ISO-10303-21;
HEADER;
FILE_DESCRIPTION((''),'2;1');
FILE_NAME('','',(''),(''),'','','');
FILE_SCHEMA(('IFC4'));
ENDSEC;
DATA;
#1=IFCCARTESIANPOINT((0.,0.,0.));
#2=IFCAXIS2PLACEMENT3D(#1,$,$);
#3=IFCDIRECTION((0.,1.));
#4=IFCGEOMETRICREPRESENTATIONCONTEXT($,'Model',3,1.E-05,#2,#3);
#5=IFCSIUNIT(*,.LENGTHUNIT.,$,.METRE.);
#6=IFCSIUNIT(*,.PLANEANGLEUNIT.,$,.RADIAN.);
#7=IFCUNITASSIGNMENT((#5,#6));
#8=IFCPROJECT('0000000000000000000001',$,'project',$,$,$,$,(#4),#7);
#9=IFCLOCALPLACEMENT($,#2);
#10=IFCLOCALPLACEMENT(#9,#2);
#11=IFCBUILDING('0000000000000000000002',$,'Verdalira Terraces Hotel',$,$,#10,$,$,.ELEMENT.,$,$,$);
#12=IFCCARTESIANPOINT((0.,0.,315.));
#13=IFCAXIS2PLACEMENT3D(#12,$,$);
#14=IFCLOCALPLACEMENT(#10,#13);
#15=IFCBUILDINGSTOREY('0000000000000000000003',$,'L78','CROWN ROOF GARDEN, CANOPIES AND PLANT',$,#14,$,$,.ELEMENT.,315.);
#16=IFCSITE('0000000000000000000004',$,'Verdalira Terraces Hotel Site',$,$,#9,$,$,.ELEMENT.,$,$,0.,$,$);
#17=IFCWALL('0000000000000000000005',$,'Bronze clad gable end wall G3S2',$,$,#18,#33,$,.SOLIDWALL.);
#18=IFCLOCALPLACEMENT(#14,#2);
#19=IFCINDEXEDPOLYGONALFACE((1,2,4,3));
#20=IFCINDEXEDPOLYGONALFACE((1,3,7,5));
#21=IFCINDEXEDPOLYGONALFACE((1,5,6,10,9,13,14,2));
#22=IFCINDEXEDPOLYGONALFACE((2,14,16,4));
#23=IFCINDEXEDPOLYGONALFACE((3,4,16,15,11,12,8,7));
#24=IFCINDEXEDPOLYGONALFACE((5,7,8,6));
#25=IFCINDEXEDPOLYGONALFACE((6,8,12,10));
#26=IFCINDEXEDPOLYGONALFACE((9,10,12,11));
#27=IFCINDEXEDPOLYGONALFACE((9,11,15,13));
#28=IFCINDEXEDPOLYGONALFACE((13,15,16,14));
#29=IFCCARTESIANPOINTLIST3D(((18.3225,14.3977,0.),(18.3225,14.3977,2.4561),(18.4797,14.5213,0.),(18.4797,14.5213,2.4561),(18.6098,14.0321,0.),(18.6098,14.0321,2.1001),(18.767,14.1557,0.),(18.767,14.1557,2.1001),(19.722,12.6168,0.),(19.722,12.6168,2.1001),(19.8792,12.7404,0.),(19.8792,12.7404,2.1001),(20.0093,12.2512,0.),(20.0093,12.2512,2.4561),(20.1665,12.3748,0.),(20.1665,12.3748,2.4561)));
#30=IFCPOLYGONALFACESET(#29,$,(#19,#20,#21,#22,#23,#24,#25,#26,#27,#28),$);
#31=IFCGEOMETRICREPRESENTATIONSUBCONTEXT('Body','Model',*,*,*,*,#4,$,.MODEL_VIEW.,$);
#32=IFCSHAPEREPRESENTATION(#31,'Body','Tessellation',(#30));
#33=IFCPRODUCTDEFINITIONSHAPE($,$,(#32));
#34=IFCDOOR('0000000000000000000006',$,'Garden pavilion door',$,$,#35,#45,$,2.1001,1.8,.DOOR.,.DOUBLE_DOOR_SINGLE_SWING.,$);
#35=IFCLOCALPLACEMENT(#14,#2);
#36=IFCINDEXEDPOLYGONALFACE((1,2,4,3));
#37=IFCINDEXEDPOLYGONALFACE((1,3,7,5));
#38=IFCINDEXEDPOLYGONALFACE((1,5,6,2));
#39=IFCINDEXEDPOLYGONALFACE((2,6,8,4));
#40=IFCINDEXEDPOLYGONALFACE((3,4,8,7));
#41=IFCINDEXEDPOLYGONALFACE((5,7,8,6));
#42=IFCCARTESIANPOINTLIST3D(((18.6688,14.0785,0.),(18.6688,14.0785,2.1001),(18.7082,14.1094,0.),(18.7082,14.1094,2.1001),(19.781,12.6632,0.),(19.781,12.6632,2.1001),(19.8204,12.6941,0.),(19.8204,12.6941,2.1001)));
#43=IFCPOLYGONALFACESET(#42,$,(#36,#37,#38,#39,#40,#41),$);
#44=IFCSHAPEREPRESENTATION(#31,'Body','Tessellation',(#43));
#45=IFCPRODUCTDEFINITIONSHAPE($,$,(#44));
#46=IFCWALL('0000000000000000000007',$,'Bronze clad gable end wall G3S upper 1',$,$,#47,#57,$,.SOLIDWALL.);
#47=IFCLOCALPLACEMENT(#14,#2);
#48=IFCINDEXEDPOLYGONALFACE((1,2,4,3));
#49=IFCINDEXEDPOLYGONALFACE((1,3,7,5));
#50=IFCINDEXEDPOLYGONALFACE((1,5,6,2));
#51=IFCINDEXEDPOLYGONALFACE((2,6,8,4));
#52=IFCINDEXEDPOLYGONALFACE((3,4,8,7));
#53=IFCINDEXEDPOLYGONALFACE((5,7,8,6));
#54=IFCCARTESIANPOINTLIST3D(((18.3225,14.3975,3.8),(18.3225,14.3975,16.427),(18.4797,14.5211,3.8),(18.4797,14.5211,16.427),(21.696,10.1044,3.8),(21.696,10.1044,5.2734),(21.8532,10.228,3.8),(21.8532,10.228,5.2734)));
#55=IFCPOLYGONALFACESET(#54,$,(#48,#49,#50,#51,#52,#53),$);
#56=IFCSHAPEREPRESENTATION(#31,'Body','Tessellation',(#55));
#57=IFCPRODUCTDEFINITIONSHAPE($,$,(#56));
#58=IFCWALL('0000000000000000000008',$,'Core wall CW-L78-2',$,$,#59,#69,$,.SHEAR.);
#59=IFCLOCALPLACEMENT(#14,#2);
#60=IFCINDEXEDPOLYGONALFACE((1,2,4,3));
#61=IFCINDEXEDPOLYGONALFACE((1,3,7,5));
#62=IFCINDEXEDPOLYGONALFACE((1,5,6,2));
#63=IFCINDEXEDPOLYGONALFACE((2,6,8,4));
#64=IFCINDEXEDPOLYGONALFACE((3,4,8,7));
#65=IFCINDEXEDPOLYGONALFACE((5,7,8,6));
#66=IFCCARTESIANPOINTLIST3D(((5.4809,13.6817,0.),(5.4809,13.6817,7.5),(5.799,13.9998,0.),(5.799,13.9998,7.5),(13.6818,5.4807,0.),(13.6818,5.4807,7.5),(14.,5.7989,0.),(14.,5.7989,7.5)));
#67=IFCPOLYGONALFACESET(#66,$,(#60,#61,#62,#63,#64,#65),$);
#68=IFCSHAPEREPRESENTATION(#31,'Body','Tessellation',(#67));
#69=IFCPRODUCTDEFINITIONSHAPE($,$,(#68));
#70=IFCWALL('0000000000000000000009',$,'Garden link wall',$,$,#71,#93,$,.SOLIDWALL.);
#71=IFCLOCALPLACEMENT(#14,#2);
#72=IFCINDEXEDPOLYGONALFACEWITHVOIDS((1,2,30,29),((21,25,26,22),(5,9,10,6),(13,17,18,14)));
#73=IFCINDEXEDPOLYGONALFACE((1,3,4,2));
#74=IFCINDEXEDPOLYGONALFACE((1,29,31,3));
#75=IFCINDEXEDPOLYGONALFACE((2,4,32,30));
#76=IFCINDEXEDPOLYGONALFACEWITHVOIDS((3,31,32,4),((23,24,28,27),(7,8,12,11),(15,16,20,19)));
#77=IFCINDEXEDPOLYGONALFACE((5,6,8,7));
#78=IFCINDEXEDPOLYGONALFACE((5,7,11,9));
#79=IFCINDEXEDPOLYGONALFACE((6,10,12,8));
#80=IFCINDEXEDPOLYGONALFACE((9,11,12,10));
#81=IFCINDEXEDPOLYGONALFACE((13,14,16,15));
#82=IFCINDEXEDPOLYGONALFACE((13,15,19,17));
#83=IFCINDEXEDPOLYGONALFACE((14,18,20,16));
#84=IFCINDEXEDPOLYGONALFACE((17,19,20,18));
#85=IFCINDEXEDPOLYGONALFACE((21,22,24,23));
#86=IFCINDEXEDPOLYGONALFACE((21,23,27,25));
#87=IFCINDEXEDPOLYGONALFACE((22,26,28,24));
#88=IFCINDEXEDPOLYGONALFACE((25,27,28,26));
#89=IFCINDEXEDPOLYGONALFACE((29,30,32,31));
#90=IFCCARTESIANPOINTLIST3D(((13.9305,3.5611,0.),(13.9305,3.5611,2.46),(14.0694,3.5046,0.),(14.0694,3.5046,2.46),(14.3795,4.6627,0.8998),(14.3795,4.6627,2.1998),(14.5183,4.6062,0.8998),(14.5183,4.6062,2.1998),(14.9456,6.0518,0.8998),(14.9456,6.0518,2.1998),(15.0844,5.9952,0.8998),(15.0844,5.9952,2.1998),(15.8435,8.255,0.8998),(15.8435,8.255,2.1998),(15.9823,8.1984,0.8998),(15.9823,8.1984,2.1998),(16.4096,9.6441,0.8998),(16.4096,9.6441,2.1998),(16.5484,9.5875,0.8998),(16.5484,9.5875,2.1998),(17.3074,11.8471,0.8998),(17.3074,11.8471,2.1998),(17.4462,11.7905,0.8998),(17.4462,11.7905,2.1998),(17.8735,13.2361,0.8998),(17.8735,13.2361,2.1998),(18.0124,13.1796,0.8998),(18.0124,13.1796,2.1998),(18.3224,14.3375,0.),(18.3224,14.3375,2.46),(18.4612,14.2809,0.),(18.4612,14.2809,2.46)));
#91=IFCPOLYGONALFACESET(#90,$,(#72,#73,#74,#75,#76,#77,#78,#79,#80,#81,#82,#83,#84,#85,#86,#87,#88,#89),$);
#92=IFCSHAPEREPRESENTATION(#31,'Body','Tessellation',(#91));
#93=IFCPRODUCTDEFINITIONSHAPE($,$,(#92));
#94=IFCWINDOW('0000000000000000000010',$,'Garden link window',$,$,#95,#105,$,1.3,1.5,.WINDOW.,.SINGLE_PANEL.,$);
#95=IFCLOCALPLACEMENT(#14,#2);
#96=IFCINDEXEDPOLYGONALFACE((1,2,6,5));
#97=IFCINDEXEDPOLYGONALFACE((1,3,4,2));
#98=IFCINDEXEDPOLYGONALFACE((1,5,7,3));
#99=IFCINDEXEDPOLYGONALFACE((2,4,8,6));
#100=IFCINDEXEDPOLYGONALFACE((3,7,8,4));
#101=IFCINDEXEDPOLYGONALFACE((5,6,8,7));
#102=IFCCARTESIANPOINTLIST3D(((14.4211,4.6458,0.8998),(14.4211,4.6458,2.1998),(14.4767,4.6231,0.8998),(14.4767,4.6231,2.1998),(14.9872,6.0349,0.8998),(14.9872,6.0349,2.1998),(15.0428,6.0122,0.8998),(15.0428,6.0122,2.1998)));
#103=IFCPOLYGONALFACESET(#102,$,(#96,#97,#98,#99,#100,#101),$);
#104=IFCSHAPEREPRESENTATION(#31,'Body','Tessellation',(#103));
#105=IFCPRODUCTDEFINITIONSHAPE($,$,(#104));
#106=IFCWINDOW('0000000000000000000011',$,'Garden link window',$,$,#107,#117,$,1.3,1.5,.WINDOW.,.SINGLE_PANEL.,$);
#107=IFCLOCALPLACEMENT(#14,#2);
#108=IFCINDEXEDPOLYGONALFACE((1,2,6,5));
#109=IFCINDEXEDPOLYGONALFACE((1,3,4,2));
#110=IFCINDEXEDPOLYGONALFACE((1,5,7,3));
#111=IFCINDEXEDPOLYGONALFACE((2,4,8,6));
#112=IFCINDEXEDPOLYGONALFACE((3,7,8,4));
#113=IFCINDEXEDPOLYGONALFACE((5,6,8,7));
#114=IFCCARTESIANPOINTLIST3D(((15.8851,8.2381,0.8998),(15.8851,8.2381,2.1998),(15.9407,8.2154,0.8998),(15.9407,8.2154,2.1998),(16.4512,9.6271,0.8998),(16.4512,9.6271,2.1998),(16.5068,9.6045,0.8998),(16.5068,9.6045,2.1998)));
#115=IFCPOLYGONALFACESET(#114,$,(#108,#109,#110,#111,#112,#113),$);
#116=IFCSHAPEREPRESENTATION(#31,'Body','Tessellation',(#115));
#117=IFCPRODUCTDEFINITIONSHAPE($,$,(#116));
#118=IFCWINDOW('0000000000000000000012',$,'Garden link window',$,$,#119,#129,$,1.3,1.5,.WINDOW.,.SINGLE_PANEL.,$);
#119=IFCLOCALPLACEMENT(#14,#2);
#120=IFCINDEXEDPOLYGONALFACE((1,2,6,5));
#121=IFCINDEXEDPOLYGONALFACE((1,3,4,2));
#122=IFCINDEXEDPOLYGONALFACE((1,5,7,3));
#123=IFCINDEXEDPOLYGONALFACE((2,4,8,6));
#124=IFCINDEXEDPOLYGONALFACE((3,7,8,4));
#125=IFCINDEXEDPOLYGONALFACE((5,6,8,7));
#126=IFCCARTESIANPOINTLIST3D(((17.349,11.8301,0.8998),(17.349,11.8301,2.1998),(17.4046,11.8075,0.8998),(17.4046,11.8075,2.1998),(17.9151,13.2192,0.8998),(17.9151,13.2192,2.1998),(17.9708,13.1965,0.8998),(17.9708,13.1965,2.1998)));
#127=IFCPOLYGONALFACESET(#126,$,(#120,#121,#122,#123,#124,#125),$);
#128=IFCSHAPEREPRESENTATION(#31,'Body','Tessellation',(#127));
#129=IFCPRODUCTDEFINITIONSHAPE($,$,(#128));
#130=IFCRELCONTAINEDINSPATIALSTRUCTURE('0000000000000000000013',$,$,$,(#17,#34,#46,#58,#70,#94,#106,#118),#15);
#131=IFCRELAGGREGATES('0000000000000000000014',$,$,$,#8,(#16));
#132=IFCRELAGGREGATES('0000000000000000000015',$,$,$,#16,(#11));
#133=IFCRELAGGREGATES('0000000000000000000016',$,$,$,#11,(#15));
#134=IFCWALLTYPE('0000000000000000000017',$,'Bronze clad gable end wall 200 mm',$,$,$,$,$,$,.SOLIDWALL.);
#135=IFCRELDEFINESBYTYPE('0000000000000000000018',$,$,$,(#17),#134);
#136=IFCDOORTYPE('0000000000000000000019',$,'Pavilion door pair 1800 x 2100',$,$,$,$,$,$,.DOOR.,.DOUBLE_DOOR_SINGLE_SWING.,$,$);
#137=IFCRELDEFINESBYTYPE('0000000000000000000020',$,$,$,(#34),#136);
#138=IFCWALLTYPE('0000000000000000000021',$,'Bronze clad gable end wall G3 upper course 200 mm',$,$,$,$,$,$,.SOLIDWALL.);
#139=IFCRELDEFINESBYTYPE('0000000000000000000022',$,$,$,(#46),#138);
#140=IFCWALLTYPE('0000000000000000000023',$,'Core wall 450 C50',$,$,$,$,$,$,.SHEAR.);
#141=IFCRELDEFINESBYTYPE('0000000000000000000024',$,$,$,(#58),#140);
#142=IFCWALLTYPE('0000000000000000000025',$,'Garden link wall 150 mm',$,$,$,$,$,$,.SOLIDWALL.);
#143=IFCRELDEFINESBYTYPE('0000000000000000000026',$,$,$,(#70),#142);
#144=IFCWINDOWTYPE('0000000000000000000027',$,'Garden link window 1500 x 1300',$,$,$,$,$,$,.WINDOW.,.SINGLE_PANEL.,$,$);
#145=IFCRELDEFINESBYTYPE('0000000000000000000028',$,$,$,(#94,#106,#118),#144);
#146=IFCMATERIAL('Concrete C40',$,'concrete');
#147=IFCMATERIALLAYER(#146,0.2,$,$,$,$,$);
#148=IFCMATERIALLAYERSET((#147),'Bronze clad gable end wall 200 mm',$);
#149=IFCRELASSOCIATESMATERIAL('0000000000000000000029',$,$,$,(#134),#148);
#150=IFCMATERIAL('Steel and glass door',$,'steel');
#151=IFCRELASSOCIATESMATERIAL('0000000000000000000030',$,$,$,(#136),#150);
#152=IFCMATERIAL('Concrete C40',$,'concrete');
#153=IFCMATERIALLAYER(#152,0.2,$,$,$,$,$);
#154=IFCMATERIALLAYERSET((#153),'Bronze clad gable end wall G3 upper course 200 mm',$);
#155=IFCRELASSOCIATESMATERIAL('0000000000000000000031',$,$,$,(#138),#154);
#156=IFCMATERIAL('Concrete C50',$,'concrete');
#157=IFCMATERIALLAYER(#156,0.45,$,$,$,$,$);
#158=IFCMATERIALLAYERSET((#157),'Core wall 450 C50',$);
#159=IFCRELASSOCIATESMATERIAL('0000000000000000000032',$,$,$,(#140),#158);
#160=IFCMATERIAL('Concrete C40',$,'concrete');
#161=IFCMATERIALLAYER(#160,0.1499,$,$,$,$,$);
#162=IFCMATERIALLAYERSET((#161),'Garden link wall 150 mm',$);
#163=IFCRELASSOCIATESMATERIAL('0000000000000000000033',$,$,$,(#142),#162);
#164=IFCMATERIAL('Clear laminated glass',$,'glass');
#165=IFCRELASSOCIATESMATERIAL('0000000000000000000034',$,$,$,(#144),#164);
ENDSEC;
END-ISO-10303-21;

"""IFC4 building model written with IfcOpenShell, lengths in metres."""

from ifc_helpers import new_model, si_unit, direction, frame, frame_2d, origin, place, context, subcontext, project, spatial, polyline, rectangle, outline, extrude, material, layer, layer_set, type_object, element, fill, save


model = new_model("IFC4")

# Units and contexts
model_context = context("Model", 3, precision=1e-05, world=origin(), true_north=direction((0.0, 1.0)))
body_context = subcontext(model_context, "Body", "Model", "MODEL_VIEW")
ifc_project = project(units=[si_unit("LENGTHUNIT", "METRE"), si_unit("PLANEANGLEUNIT", "RADIAN")], contexts=[model_context])

# Site, building, storey
site_placement = place(None, origin())
site = spatial("IfcSite", under=ifc_project, at=site_placement, Name="Verdalira Terraces Hotel Site", CompositionType="ELEMENT", RefElevation=0.0)
building_placement = place(site_placement, origin())
building = spatial("IfcBuilding", under=site, at=building_placement, Name="Verdalira Terraces Hotel", CompositionType="ELEMENT")
storey_placement = place(building_placement, frame((0.0, 0.0, 315.0)))
storey = spatial("IfcBuildingStorey", under=building, at=storey_placement, Name="L78", Description="CROWN ROOF GARDEN, CANOPIES AND PLANT", CompositionType="ELEMENT", Elevation=315.0)

# Shared definitions
ifc_material_1 = material(Name="Concrete C40", Category="concrete")
ifc_layer_1 = layer(ifc_material_1, 0.2)
ifc_layer_set_1 = layer_set([ifc_layer_1], Name="Bronze clad gable end wall 200 mm")
wall_type_1 = type_object("IfcWallType", Name="Bronze clad gable end wall 200 mm", PredefinedType="SOLIDWALL", material=ifc_layer_set_1)

# Wall, opening, door
wall_1_placement = place(storey_placement, frame((20.0879, 12.313, 0.0), z_axis=(0.0, 0.0, 1.0), x_axis=(-0.617877, 0.786275, 0.0)))
wall_1 = element("IfcWall", 1, at=wall_1_placement, inside=storey, type_object=wall_type_1, Name="Bronze clad gable end wall G3S2", PredefinedType="SOLIDWALL", context=body_context, shape_type="SweptSolid", body=[
    extrude(rectangle(XDim=2.73, YDim=0.2, at=frame_2d((1.365, 0.0))), origin(), (0.0, 0.0, 1.0), 2.4561),
])
opening_1_placement = place(wall_1_placement, frame((0.4651, 0.0, 0.0)))
opening_1 = element("IfcOpeningElement", 2, at=opening_1_placement, cuts=wall_1, PredefinedType="OPENING", context=body_context, shape_type="SweptSolid", body=[
    extrude(rectangle(XDim=1.8, YDim=2.1001, at=frame_2d((0.8999, 1.05))), frame((0.0, 0.1099, 0.0), z_axis=(0.0, -1.0, 0.0), x_axis=(1.0, 0.0, 0.0)), (0.0, 0.0, 1.0), 0.22),
])
ifc_material_2 = material(Name="Steel and glass door", Category="steel")
door_type = type_object("IfcDoorType", Name="Pavilion door pair 1800 x 2100", OperationType="DOUBLE_DOOR_SINGLE_SWING", PredefinedType="DOOR", material=ifc_material_2)
door_placement = place(opening_1_placement, origin())
door = element("IfcDoor", 3, at=door_placement, inside=storey, type_object=door_type, Name="Garden pavilion door", OperationType="DOUBLE_DOOR_SINGLE_SWING", OverallHeight=2.1001, OverallWidth=1.8, PredefinedType="DOOR", context=body_context, shape_type="SweptSolid", body=[
    extrude(rectangle(XDim=1.8, YDim=2.1001, at=frame_2d((0.8999, 1.05))), frame((0.0, 0.0249, 0.0), z_axis=(0.0, -1.0, 0.0), x_axis=(1.0, 0.0, 0.0)), (0.0, 0.0, 1.0), 0.05),
])
fill(opening_1, door)

# Walls
ifc_material_3 = material(Name="Concrete C40", Category="concrete")
ifc_layer_2 = layer(ifc_material_3, 0.2)
ifc_layer_set_2 = layer_set([ifc_layer_2], Name="Bronze clad gable end wall G3 upper course 200 mm")
wall_type_2 = type_object("IfcWallType", Name="Bronze clad gable end wall G3 upper course 200 mm", PredefinedType="SOLIDWALL", material=ifc_layer_set_2)
wall_2_placement = place(storey_placement, frame((21.7747, 10.1663, 3.8), z_axis=(0.0, 0.0, 1.0), x_axis=(-0.617855, 0.786292, 0.0)))
element("IfcWall", 4, at=wall_2_placement, inside=storey, type_object=wall_type_2, Name="Bronze clad gable end wall G3S upper 1", PredefinedType="SOLIDWALL", context=body_context, shape_type="SweptSolid", body=[
    extrude(outline(polyline([(0.0, 0.0), (5.46, 0.0), (5.46, 12.627), (0.0, 1.4734), (0.0, 0.0)])), frame((0.0, 0.1001, 0.0), z_axis=(0.0, -1.0, 0.0), x_axis=(1.0, 0.0, 0.0)), (0.0, 0.0, 1.0), 0.2),
])
ifc_material_4 = material(Name="Concrete C50", Category="concrete")
ifc_layer_3 = layer(ifc_material_4, 0.45)
ifc_layer_set_3 = layer_set([ifc_layer_3], Name="Core wall 450 C50")
wall_type_3 = type_object("IfcWallType", Name="Core wall 450 C50", PredefinedType="SHEAR", material=ifc_layer_set_3)
wall_3_placement = place(storey_placement, frame((13.8408, 5.6399, 0.0), z_axis=(0.0, 0.0, 1.0), x_axis=(-0.707107, 0.707107, 0.0)))
element("IfcWall", 5, at=wall_3_placement, inside=storey, type_object=wall_type_3, Name="Core wall CW-L78-2", PredefinedType="SHEAR", context=body_context, shape_type="SweptSolid", body=[
    extrude(rectangle(XDim=11.5979, YDim=0.45, at=frame_2d((5.7988, 0.0))), origin(), (0.0, 0.0, 1.0), 7.5),
])

# Wall, openings, windows
ifc_material_5 = material(Name="Concrete C40", Category="concrete")
ifc_layer_4 = layer(ifc_material_5, 0.1499)
ifc_layer_set_4 = layer_set([ifc_layer_4], Name="Garden link wall 150 mm")
wall_type_4 = type_object("IfcWallType", Name="Garden link wall 150 mm", PredefinedType="SOLIDWALL", material=ifc_layer_set_4)
wall_4_placement = place(storey_placement, frame((14.0, 3.533, 0.0), z_axis=(0.0, 0.0, 1.0), x_axis=(0.377406, 0.926048, 0.0)))
wall_4 = element("IfcWall", 6, at=wall_4_placement, inside=storey, type_object=wall_type_4, Name="Garden link wall", PredefinedType="SOLIDWALL", context=body_context, shape_type="SweptSolid", body=[
    extrude(rectangle(XDim=11.637, YDim=0.1499, at=frame_2d((5.8184, 0.0))), origin(), (0.0, 0.0, 1.0), 2.46),
])
opening_2_placement = place(wall_4_placement, frame((1.1895, 0.0, 0.8999)))
opening_2 = element("IfcOpeningElement", 7, at=opening_2_placement, cuts=wall_4, PredefinedType="OPENING", context=body_context, shape_type="SweptSolid", body=[
    extrude(rectangle(XDim=1.5, YDim=1.3, at=frame_2d((0.75, 0.6499))), frame((0.0, 0.085, 0.0), z_axis=(0.0, -1.0, 0.0), x_axis=(1.0, 0.0, 0.0)), (0.0, 0.0, 1.0), 0.1699),
])
opening_3_placement = place(wall_4_placement, frame((5.0686, 0.0, 0.8999)))
opening_3 = element("IfcOpeningElement", 8, at=opening_3_placement, cuts=wall_4, PredefinedType="OPENING", context=body_context, shape_type="SweptSolid", body=[
    extrude(rectangle(XDim=1.5, YDim=1.3, at=frame_2d((0.75, 0.6499))), frame((0.0, 0.085, 0.0), z_axis=(0.0, -1.0, 0.0), x_axis=(1.0, 0.0, 0.0)), (0.0, 0.0, 1.0), 0.1699),
])
opening_4_placement = place(wall_4_placement, frame((8.9475, 0.0, 0.8999)))
opening_4 = element("IfcOpeningElement", 9, at=opening_4_placement, cuts=wall_4, PredefinedType="OPENING", context=body_context, shape_type="SweptSolid", body=[
    extrude(rectangle(XDim=1.5, YDim=1.3, at=frame_2d((0.75, 0.6499))), frame((0.0, 0.085, 0.0), z_axis=(0.0, -1.0, 0.0), x_axis=(1.0, 0.0, 0.0)), (0.0, 0.0, 1.0), 0.1699),
])
ifc_material_6 = material(Name="Clear laminated glass", Category="glass")
window_type_1 = type_object("IfcWindowType", Name="Garden link window 1500 x 1300", PartitioningType="SINGLE_PANEL", PredefinedType="WINDOW", material=ifc_material_6)
window_1_placement = place(opening_2_placement, origin())
window_1 = element("IfcWindow", 10, at=window_1_placement, inside=storey, type_object=window_type_1, Name="Garden link window", OverallHeight=1.3, OverallWidth=1.5, PartitioningType="SINGLE_PANEL", PredefinedType="WINDOW", context=body_context, shape_type="SweptSolid", body=[
    extrude(rectangle(XDim=1.5, YDim=1.3, at=frame_2d((0.75, 0.6499))), frame((0.0, 0.03, 0.0), z_axis=(0.0, -1.0, 0.0), x_axis=(1.0, 0.0, 0.0)), (0.0, 0.0, 1.0), 0.0601),
])
fill(opening_2, window_1)
window_2_placement = place(opening_3_placement, origin())
window_2 = element("IfcWindow", 11, at=window_2_placement, inside=storey, type_object=window_type_1, Name="Garden link window", OverallHeight=1.3, OverallWidth=1.5, PartitioningType="SINGLE_PANEL", PredefinedType="WINDOW", context=body_context, shape_type="SweptSolid", body=[
    extrude(rectangle(XDim=1.5, YDim=1.3, at=frame_2d((0.75, 0.6499))), frame((0.0, 0.03, 0.0), z_axis=(0.0, -1.0, 0.0), x_axis=(1.0, 0.0, 0.0)), (0.0, 0.0, 1.0), 0.0601),
])
fill(opening_3, window_2)
window_3_placement = place(opening_4_placement, origin())
window_3 = element("IfcWindow", 12, at=window_3_placement, inside=storey, type_object=window_type_1, Name="Garden link window", OverallHeight=1.3, OverallWidth=1.5, PartitioningType="SINGLE_PANEL", PredefinedType="WINDOW", context=body_context, shape_type="SweptSolid", body=[
    extrude(rectangle(XDim=1.5, YDim=1.3, at=frame_2d((0.75, 0.6499))), frame((0.0, 0.03, 0.0), z_axis=(0.0, -1.0, 0.0), x_axis=(1.0, 0.0, 0.0)), (0.0, 0.0, 1.0), 0.0601),
])
fill(opening_4, window_3)

save(model, "model.ifc")
